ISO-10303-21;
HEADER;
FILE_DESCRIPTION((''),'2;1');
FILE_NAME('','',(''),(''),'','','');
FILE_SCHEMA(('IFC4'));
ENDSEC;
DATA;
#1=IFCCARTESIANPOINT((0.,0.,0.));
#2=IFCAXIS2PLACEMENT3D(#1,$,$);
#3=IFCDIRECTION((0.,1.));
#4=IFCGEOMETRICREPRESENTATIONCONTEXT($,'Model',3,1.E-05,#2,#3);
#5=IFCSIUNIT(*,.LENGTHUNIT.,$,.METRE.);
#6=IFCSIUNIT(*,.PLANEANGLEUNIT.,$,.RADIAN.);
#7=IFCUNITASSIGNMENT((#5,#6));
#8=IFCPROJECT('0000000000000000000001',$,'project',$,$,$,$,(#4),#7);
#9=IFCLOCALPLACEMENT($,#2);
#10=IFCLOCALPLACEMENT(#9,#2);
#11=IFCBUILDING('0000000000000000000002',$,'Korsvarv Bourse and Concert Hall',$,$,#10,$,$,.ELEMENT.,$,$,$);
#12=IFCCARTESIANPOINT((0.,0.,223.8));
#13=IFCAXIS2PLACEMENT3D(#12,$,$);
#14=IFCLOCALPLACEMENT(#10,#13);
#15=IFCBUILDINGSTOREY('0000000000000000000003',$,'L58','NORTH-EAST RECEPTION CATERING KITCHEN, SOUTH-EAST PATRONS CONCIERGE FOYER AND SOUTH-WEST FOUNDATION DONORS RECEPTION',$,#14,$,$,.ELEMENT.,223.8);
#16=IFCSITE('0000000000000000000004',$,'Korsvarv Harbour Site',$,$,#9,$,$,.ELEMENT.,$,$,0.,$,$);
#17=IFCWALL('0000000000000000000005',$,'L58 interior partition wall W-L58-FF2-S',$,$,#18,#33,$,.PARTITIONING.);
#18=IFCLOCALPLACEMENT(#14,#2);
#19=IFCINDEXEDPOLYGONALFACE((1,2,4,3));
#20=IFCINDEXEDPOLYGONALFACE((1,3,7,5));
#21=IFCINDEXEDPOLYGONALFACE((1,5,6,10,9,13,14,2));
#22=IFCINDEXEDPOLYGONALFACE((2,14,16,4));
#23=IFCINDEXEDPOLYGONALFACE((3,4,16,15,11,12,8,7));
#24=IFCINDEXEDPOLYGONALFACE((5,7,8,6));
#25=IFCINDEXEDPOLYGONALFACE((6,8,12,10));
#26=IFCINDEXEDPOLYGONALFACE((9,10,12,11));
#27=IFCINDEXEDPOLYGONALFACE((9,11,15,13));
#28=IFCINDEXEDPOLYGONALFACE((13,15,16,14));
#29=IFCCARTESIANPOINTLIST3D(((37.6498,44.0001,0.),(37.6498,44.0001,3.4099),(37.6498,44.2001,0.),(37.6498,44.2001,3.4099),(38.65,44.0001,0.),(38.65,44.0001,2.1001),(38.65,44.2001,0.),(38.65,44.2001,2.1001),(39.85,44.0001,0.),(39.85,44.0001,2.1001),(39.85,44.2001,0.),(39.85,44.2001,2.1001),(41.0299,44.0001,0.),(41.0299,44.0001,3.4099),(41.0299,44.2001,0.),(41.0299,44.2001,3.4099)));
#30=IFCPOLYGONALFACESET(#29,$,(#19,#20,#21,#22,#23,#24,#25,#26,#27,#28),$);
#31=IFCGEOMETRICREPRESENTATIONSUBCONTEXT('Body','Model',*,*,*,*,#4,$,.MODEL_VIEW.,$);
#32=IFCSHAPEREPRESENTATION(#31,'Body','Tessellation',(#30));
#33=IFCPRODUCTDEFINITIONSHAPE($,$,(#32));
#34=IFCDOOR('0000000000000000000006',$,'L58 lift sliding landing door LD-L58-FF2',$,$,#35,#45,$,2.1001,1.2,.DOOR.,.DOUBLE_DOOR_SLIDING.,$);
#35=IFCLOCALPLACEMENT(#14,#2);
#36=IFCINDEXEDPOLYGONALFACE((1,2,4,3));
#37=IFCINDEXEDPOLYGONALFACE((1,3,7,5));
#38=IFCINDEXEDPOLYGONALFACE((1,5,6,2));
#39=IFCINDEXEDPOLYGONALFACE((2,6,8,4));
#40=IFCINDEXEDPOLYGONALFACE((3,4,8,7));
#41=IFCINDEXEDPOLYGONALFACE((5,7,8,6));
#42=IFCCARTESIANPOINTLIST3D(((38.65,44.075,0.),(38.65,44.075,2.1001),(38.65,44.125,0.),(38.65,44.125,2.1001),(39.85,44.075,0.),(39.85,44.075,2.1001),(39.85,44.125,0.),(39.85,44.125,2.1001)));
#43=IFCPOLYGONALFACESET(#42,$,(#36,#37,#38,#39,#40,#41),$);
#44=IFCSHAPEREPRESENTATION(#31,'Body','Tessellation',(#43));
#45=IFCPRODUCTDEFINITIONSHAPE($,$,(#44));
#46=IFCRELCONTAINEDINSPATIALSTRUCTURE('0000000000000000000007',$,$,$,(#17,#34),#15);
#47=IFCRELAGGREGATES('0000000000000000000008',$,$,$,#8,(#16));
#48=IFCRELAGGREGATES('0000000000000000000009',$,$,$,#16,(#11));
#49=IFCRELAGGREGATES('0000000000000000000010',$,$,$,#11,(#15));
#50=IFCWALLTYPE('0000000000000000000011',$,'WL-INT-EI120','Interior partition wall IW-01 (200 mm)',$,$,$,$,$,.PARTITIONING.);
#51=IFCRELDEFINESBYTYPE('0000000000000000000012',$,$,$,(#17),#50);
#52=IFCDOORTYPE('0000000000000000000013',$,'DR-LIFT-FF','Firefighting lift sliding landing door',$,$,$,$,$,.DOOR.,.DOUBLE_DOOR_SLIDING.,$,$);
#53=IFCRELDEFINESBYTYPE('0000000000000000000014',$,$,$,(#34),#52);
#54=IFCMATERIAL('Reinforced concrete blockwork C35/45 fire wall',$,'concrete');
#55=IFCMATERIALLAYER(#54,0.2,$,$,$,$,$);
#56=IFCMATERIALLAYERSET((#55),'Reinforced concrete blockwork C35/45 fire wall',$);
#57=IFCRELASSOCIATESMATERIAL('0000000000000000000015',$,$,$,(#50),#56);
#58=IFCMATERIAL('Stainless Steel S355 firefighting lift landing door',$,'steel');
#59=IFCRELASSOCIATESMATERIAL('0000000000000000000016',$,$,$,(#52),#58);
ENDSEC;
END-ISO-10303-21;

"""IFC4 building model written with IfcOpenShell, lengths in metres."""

from ifc_helpers import new_model, si_unit, direction, frame, frame_2d, origin, place, context, subcontext, project, spatial, rectangle, extrude, material, layer, layer_set, type_object, element, fill, save


model = new_model("IFC4")

# Units and contexts
model_context = context("Model", 3, precision=1e-05, world=origin(), true_north=direction((0.0, 1.0)))
body_context = subcontext(model_context, "Body", "Model", "MODEL_VIEW")
ifc_project = project(units=[si_unit("LENGTHUNIT", "METRE"), si_unit("PLANEANGLEUNIT", "RADIAN")], contexts=[model_context])

# Site, building, storey
site_placement = place(None, origin())
site = spatial("IfcSite", under=ifc_project, at=site_placement, Name="Korsvarv Harbour Site", CompositionType="ELEMENT", RefElevation=0.0)
building_placement = place(site_placement, origin())
building = spatial("IfcBuilding", under=site, at=building_placement, Name="Korsvarv Bourse and Concert Hall", CompositionType="ELEMENT")
storey_placement = place(building_placement, frame((0.0, 0.0, 223.8)))
storey = spatial("IfcBuildingStorey", under=building, at=storey_placement, Name="L58", Description="NORTH-EAST RECEPTION CATERING KITCHEN, SOUTH-EAST PATRONS CONCIERGE FOYER AND SOUTH-WEST FOUNDATION DONORS RECEPTION", CompositionType="ELEMENT", Elevation=223.8)

# Wall, opening, door
ifc_material_1 = material(Name="Reinforced concrete blockwork C35/45 fire wall", Category="concrete")
ifc_layer_1 = layer(ifc_material_1, 0.2)
ifc_layer_set_1 = layer_set([ifc_layer_1], Name="Reinforced concrete blockwork C35/45 fire wall")
wall_type_1 = type_object("IfcWallType", Name="WL-INT-EI120", Description="Interior partition wall IW-01 (200 mm)", PredefinedType="PARTITIONING", material=ifc_layer_set_1)
ifc_material_2 = material(Name="Stainless Steel S355 firefighting lift landing door", Category="steel")
door_type = type_object("IfcDoorType", Name="DR-LIFT-FF", Description="Firefighting lift sliding landing door", OperationType="DOUBLE_DOOR_SLIDING", PredefinedType="DOOR", material=ifc_material_2)
wall_1_placement = place(storey_placement, frame((37.6499, 44.1001, 0.0), z_axis=(0.0, 0.0, 1.0), x_axis=(1.0, 0.0, 0.0)))
wall_1 = element("IfcWall", 1, at=wall_1_placement, inside=storey, type_object=wall_type_1, Name="L58 interior partition wall W-L58-FF2-S", PredefinedType="PARTITIONING", context=body_context, shape_type="SweptSolid", body=[
    extrude(rectangle(XDim=3.3801, YDim=0.2, at=frame_2d((1.6899, 0.0))), origin(), (0.0, 0.0, 1.0), 3.4099),
])
opening_1_placement = place(wall_1_placement, frame((1.0, 0.0, 0.0)))
opening_1 = element("IfcOpeningElement", 2, at=opening_1_placement, cuts=wall_1, PredefinedType="OPENING", context=body_context, shape_type="SweptSolid", body=[
    extrude(rectangle(XDim=1.2, YDim=2.1001, at=frame_2d((0.6001, 1.05))), frame((0.0, 0.1099, 0.0), z_axis=(0.0, -1.0, 0.0), x_axis=(1.0, 0.0, 0.0)), (0.0, 0.0, 1.0), 0.22),
])
door_1_placement = place(opening_1_placement, origin())
door_1 = element("IfcDoor", 3, at=door_1_placement, inside=storey, type_object=door_type, Name="L58 lift sliding landing door LD-L58-FF2", OperationType="DOUBLE_DOOR_SLIDING", OverallHeight=2.1001, OverallWidth=1.2, PredefinedType="DOOR", context=body_context, shape_type="SweptSolid", body=[
    extrude(rectangle(XDim=1.2, YDim=2.1001, at=frame_2d((0.6001, 1.05))), frame((0.0, 0.0249, 0.0), z_axis=(0.0, -1.0, 0.0), x_axis=(1.0, 0.0, 0.0)), (0.0, 0.0, 1.0), 0.05),
])
fill(opening_1, door_1)

save(model, "model.ifc")
